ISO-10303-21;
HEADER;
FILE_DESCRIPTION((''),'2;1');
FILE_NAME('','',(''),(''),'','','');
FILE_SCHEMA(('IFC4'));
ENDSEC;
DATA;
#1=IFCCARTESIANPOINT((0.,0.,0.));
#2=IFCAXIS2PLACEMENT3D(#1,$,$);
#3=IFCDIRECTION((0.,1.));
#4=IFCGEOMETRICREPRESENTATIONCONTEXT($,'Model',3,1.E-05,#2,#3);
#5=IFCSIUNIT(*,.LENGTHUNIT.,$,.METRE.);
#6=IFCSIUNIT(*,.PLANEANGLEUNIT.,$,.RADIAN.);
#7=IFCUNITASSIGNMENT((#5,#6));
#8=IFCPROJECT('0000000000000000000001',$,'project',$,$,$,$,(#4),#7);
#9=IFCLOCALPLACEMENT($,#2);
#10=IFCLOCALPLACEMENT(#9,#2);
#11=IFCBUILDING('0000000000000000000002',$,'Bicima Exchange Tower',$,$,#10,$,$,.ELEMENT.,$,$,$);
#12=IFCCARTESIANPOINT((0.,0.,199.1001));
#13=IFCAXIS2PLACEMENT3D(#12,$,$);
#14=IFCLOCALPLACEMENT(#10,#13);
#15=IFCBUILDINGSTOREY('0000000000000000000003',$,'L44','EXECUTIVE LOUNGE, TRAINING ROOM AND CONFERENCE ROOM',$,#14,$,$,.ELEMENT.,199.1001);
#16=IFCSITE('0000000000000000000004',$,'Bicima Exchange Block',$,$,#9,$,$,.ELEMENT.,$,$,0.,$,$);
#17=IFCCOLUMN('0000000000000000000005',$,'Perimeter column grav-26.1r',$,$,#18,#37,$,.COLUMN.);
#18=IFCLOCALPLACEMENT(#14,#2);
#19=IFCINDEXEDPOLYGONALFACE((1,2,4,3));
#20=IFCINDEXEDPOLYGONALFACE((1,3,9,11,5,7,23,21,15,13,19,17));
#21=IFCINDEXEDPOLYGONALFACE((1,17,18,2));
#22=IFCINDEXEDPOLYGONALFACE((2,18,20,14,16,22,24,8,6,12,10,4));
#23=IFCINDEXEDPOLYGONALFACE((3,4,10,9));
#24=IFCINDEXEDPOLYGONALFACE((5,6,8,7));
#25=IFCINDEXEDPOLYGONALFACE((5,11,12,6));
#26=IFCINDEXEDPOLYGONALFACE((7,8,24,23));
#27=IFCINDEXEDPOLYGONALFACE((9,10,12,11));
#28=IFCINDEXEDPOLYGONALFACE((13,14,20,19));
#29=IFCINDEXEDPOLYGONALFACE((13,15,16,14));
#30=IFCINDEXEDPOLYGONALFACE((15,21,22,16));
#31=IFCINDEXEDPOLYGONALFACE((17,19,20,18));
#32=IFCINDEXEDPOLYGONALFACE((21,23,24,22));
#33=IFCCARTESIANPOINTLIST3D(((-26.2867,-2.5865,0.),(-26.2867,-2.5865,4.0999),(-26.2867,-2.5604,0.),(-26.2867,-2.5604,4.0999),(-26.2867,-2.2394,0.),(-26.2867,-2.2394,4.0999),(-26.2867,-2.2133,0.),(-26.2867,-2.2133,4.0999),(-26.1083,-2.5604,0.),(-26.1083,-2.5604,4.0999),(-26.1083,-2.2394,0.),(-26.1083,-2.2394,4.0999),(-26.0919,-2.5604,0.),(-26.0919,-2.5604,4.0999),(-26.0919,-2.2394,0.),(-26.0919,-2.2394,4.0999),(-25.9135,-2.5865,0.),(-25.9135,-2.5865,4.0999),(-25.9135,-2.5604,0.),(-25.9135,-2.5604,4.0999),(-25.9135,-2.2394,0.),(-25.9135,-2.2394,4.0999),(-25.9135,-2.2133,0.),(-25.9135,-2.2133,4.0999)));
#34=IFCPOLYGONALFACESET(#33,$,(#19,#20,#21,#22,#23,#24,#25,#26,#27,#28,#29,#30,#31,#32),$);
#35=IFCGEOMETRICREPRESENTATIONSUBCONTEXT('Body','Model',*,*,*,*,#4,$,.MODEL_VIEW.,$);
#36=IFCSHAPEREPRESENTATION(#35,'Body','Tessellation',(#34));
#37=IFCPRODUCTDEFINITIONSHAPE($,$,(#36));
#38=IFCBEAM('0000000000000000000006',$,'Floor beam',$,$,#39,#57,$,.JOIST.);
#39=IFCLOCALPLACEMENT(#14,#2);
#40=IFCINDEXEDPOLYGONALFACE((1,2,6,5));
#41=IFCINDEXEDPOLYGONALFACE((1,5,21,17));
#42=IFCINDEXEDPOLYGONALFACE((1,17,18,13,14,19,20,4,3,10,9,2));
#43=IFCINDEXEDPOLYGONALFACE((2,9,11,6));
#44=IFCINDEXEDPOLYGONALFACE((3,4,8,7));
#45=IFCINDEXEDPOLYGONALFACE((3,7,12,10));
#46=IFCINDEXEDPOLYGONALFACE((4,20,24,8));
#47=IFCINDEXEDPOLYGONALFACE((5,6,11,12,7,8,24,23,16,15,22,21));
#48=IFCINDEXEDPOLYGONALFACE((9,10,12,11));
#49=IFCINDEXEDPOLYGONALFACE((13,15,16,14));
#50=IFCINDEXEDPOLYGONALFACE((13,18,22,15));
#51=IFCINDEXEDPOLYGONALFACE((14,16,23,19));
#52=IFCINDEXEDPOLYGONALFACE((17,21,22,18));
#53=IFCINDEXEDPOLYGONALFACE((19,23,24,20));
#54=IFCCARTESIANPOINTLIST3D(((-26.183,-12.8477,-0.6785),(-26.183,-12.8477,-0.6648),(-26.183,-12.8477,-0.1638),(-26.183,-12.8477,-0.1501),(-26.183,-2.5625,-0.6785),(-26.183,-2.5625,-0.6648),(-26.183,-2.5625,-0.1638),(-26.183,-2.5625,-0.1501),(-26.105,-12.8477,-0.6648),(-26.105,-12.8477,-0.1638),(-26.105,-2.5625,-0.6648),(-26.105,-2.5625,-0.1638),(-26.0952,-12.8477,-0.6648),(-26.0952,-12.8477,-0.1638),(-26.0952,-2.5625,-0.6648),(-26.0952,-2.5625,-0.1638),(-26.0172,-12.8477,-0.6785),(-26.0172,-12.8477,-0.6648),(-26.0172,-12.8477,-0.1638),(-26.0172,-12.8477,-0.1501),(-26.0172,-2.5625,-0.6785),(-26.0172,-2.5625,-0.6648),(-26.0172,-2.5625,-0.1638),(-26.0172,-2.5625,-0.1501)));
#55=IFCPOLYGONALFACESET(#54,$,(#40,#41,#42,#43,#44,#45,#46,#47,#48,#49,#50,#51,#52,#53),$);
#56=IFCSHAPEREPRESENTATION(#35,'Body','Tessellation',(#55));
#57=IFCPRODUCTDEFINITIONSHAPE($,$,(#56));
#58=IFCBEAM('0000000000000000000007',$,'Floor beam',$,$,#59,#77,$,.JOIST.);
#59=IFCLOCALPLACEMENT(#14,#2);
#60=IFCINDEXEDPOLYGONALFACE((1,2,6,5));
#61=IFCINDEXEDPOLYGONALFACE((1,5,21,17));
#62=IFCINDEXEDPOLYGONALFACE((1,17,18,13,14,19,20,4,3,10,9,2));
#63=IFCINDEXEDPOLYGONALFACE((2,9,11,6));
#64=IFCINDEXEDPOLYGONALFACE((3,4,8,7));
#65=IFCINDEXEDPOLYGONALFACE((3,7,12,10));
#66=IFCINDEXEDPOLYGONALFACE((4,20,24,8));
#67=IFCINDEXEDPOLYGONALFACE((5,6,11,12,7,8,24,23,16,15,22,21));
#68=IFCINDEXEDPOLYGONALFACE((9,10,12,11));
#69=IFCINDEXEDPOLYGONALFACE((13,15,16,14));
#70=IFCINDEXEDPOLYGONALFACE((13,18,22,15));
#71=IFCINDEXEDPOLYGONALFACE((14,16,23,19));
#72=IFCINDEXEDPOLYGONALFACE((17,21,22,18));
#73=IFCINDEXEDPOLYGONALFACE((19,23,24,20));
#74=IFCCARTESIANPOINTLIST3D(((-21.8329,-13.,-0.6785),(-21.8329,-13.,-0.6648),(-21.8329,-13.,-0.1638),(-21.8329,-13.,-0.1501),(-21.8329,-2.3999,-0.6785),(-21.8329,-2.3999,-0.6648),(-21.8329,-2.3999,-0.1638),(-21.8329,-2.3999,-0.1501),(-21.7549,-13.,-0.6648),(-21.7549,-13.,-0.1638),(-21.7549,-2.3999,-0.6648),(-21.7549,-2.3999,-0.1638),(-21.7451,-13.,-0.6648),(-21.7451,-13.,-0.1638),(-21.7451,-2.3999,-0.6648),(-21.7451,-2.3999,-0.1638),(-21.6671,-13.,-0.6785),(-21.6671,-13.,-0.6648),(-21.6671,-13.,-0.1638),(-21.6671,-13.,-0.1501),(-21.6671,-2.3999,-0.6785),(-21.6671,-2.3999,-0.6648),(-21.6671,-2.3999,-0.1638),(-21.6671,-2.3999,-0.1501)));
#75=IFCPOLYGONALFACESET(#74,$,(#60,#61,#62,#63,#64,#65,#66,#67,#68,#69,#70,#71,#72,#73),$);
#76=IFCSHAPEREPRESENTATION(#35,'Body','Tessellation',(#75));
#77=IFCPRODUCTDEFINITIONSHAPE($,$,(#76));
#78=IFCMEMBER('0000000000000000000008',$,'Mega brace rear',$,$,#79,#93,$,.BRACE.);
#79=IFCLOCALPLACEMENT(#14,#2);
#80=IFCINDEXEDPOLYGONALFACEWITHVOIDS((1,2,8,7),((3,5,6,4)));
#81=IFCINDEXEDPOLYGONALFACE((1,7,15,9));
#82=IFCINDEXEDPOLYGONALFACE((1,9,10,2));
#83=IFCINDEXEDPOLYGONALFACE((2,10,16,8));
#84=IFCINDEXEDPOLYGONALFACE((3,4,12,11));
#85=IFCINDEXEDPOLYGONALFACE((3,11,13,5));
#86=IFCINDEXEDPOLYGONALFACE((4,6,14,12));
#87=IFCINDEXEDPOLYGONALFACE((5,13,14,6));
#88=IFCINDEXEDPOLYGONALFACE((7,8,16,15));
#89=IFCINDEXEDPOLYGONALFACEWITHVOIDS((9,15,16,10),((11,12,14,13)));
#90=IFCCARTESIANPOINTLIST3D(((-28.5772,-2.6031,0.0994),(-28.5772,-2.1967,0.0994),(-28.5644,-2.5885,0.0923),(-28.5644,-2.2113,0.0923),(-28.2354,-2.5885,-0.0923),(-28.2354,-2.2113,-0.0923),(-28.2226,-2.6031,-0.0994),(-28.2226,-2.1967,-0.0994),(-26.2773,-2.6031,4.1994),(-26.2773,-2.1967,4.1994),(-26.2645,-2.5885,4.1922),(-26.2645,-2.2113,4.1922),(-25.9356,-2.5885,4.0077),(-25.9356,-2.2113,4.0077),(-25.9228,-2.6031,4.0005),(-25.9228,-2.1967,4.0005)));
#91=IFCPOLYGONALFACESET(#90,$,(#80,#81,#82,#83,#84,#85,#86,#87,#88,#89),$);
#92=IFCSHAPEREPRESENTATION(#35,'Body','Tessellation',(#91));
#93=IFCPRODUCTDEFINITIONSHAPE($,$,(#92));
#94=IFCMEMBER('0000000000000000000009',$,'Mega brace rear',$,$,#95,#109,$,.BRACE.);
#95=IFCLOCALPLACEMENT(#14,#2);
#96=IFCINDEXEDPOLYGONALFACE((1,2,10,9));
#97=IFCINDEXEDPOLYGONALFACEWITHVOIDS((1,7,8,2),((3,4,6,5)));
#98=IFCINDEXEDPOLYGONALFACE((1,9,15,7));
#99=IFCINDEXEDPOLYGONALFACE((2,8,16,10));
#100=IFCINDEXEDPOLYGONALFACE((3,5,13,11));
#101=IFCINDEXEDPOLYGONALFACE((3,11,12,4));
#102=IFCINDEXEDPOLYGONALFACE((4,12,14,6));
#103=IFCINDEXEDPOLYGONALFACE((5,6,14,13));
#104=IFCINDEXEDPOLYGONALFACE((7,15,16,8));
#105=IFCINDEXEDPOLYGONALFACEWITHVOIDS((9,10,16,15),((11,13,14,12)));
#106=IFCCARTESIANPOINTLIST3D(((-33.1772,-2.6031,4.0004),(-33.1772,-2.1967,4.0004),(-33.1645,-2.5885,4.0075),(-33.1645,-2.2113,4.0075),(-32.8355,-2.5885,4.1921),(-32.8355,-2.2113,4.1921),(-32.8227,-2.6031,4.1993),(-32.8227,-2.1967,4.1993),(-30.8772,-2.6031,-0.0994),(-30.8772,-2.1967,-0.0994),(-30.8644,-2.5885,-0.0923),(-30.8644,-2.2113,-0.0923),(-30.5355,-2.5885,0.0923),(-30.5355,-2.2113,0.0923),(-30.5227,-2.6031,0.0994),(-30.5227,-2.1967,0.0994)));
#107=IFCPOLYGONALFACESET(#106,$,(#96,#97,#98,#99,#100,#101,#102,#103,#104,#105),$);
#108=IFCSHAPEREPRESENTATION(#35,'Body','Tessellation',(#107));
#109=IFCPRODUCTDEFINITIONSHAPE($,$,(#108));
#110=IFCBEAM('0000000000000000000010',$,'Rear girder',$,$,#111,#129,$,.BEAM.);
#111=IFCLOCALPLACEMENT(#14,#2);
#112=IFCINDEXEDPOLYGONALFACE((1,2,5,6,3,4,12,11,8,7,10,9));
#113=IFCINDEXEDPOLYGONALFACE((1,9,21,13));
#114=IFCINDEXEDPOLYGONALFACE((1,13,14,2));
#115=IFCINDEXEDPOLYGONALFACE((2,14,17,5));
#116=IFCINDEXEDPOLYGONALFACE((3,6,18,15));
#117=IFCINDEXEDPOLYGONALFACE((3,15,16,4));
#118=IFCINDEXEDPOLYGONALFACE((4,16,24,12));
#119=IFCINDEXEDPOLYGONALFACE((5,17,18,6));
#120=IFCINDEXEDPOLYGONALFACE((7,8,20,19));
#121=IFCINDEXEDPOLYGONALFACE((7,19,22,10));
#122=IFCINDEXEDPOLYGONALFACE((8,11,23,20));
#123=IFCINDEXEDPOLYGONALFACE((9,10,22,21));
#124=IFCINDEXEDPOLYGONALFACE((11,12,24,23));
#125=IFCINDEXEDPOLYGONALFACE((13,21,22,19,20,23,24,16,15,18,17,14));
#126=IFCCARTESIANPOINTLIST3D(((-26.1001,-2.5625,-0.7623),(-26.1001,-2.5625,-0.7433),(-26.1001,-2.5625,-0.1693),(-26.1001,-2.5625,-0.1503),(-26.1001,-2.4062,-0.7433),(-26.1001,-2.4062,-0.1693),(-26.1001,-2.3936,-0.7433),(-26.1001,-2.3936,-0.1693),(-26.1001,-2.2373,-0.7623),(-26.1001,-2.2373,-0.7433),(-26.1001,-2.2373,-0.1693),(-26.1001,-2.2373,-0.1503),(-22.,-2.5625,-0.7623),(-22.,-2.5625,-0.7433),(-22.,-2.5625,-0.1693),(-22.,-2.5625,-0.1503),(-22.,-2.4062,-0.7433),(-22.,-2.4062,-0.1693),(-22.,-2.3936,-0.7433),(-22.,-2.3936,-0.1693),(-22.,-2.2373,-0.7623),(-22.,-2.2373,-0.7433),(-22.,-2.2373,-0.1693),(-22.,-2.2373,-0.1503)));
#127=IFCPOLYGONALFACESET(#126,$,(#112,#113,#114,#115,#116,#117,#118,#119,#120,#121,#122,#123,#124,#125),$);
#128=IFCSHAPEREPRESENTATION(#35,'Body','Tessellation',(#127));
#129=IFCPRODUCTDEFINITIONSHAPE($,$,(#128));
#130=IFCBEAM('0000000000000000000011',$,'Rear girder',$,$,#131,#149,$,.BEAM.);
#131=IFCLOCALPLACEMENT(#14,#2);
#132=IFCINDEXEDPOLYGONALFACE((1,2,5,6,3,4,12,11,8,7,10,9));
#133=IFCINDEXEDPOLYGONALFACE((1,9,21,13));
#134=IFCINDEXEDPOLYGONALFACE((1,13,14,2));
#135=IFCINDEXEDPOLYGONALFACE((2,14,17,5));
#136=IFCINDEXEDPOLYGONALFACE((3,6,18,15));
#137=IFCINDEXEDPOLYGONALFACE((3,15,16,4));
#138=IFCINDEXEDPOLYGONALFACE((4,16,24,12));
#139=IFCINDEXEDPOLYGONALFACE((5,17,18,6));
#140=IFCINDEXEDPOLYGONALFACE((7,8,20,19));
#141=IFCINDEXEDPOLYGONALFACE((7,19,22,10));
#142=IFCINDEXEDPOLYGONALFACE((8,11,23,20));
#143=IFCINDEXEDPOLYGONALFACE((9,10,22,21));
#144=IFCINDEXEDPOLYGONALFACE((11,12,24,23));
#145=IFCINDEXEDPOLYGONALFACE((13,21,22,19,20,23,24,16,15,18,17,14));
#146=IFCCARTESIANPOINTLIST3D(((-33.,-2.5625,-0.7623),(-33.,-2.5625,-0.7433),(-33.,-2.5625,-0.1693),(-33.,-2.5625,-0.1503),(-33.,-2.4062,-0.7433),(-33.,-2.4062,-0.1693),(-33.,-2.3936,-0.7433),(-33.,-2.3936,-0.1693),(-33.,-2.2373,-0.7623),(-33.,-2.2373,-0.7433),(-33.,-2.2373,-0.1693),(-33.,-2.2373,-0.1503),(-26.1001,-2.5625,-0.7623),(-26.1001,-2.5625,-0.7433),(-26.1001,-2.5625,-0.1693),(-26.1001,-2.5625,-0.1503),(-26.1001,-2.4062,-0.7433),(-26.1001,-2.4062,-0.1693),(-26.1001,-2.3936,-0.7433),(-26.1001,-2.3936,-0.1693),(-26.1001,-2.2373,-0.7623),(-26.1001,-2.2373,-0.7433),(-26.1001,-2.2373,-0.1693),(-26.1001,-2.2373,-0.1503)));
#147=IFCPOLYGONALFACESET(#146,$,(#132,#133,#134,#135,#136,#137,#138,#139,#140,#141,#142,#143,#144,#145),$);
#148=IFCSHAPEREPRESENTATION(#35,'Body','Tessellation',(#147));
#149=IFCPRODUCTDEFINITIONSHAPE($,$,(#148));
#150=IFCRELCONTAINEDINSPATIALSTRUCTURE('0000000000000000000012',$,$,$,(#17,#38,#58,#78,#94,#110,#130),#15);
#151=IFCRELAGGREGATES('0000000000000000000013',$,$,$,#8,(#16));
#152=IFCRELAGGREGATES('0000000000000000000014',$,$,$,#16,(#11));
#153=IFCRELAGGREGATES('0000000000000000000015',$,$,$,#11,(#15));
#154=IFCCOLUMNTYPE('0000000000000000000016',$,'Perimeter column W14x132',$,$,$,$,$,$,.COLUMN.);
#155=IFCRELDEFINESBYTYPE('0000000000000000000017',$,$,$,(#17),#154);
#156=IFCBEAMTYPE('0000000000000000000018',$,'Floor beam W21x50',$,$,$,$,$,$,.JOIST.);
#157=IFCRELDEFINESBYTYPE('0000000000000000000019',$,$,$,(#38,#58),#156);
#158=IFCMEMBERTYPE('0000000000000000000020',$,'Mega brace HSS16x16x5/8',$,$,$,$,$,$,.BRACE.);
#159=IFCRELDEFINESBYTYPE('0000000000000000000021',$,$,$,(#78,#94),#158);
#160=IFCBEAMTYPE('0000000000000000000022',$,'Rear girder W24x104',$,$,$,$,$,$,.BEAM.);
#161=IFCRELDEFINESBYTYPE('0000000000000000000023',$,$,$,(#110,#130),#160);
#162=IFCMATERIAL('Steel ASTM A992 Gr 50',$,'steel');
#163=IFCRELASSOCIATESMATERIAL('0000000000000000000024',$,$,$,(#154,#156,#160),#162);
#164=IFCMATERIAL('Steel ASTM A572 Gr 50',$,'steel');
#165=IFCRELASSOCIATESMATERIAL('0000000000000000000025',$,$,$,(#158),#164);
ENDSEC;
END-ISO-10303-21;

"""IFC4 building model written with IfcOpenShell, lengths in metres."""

from ifc_helpers import new_model, si_unit, direction, frame, origin, origin_2d, place, context, subcontext, project, spatial, hollow_rectangle, i_section, extrude, material, material_profile, profile_set, type_object, element, save


model = new_model("IFC4")

# Units and contexts
model_context = context("Model", 3, precision=1e-05, world=origin(), true_north=direction((0.0, 1.0)))
body_context = subcontext(model_context, "Body", "Model", "MODEL_VIEW")
ifc_project = project(units=[si_unit("LENGTHUNIT", "METRE"), si_unit("PLANEANGLEUNIT", "RADIAN")], contexts=[model_context])

# Site, building, storey
site_placement = place(None, origin())
site = spatial("IfcSite", under=ifc_project, at=site_placement, Name="Bicima Exchange Block", CompositionType="ELEMENT", RefElevation=0.0)
building_placement = place(site_placement, origin())
building = spatial("IfcBuilding", under=site, at=building_placement, Name="Bicima Exchange Tower", CompositionType="ELEMENT")
storey_placement = place(building_placement, frame((0.0, 0.0, 199.1001)))
storey = spatial("IfcBuildingStorey", under=building, at=storey_placement, Name="L44", Description="EXECUTIVE LOUNGE, TRAINING ROOM AND CONFERENCE ROOM", CompositionType="ELEMENT", Elevation=199.1001)

# Column
ifc_material_1 = material(Name="Steel ASTM A992 Gr 50", Category="steel")
ifc_material_profile_1 = material_profile(ifc_material_1, i_section(OverallWidth=0.3733, OverallDepth=0.3733, WebThickness=0.0164, FlangeThickness=0.0261, at=origin_2d()))
ifc_profile_set_1 = profile_set([ifc_material_profile_1], Name="Steel ASTM A992 Gr 50")
column_type = type_object("IfcColumnType", Name="Perimeter column W14x132", PredefinedType="COLUMN", material=ifc_profile_set_1)
column_placement = place(storey_placement, frame((-26.1001, -2.3999, 0.0), z_axis=(0.0, 0.0, 1.0), x_axis=(1.0, 0.0, 0.0)))
element("IfcColumn", 1, at=column_placement, inside=storey, type_object=column_type, Name="Perimeter column grav-26.1r", PredefinedType="COLUMN", context=body_context, shape_type="SweptSolid", body=[
    extrude(i_section(OverallWidth=0.3733, OverallDepth=0.3733, WebThickness=0.0164, FlangeThickness=0.0261, at=origin_2d()), origin(), (0.0, 0.0, 1.0), 4.0999),
])

# Beams
ifc_material_profile_2 = material_profile(ifc_material_1, i_section(OverallWidth=0.1658, OverallDepth=0.5283, WebThickness=0.0098, FlangeThickness=0.0137, at=origin_2d()))
ifc_profile_set_2 = profile_set([ifc_material_profile_2], Name="Steel ASTM A992 Gr 50")
beam_type_1 = type_object("IfcBeamType", Name="Floor beam W21x50", PredefinedType="JOIST", material=ifc_profile_set_2)
beam_1_placement = place(storey_placement, frame((-26.1001, -2.5625, -0.4143), z_axis=(0.0, -1.0, 0.0), x_axis=(1.0, 0.0, 0.0)))
element("IfcBeam", 2, at=beam_1_placement, inside=storey, type_object=beam_type_1, Name="Floor beam", PredefinedType="JOIST", context=body_context, shape_type="SweptSolid", body=[
    extrude(i_section(OverallWidth=0.1658, OverallDepth=0.5283, WebThickness=0.0098, FlangeThickness=0.0137, at=origin_2d()), origin(), (0.0, 0.0, 1.0), 10.2852),
])
beam_2_placement = place(storey_placement, frame((-21.75, -2.3999, -0.4143), z_axis=(0.0, -1.0, 0.0), x_axis=(1.0, 0.0, 0.0)))
element("IfcBeam", 3, at=beam_2_placement, inside=storey, type_object=beam_type_1, Name="Floor beam", PredefinedType="JOIST", context=body_context, shape_type="SweptSolid", body=[
    extrude(i_section(OverallWidth=0.1658, OverallDepth=0.5283, WebThickness=0.0098, FlangeThickness=0.0137, at=origin_2d()), origin(), (0.0, 0.0, 1.0), 10.6001),
])

# Members
ifc_material_2 = material(Name="Steel ASTM A572 Gr 50", Category="steel")
ifc_material_profile_3 = material_profile(ifc_material_2, hollow_rectangle(XDim=0.4065, YDim=0.4065, WallThickness=0.0146, at=origin_2d()))
ifc_profile_set_3 = profile_set([ifc_material_profile_3], Name="Steel ASTM A572 Gr 50")
member_type = type_object("IfcMemberType", Name="Mega brace HSS16x16x5/8", PredefinedType="BRACE", material=ifc_profile_set_3)
for number, where, z_axis, x_axis, name in (
    (4, (-28.3999, -2.3999, 0.0), (0.489233, 0.0, 0.872153), (0.0, 1.0, 0.0), "Mega brace rear"),
    (5, (-30.7, -2.3999, 0.0), (-0.489272, 0.0, 0.872131), (0.0, -1.0, 0.0), "Mega brace rear"),
):
    element("IfcMember", number, at=place(storey_placement, frame(where, z_axis=z_axis, x_axis=x_axis)), inside=storey, type_object=member_type, Name=name, PredefinedType="BRACE", context=body_context, shape_type="SweptSolid", body=[
        extrude(hollow_rectangle(XDim=0.4065, YDim=0.4065, WallThickness=0.0146, at=origin_2d()), origin(), (0.0, 0.0, 1.0), 4.7009),
    ])

# Beams
ifc_material_profile_4 = material_profile(ifc_material_1, i_section(OverallWidth=0.3252, OverallDepth=0.6121, WebThickness=0.0127, FlangeThickness=0.019, at=origin_2d()))
ifc_profile_set_4 = profile_set([ifc_material_profile_4], Name="Steel ASTM A992 Gr 50")
beam_type_2 = type_object("IfcBeamType", Name="Rear girder W24x104", PredefinedType="BEAM", material=ifc_profile_set_4)
beam_3_placement = place(storey_placement, frame((-22.0, -2.3999, -0.4563), z_axis=(-1.0, 0.0, 0.0), x_axis=(0.0, -1.0, 0.0)))
element("IfcBeam", 6, at=beam_3_placement, inside=storey, type_object=beam_type_2, Name="Rear girder", PredefinedType="BEAM", context=body_context, shape_type="SweptSolid", body=[
    extrude(i_section(OverallWidth=0.3252, OverallDepth=0.6121, WebThickness=0.0127, FlangeThickness=0.019, at=origin_2d()), origin(), (0.0, 0.0, 1.0), 4.1001),
])
beam_4_placement = place(storey_placement, frame((-26.1001, -2.3999, -0.4563), z_axis=(-1.0, 0.0, 0.0), x_axis=(0.0, -1.0, 0.0)))
element("IfcBeam", 7, at=beam_4_placement, inside=storey, type_object=beam_type_2, Name="Rear girder", PredefinedType="BEAM", context=body_context, shape_type="SweptSolid", body=[
    extrude(i_section(OverallWidth=0.3252, OverallDepth=0.6121, WebThickness=0.0127, FlangeThickness=0.019, at=origin_2d()), origin(), (0.0, 0.0, 1.0), 6.8999),
])

save(model, "model.ifc")
